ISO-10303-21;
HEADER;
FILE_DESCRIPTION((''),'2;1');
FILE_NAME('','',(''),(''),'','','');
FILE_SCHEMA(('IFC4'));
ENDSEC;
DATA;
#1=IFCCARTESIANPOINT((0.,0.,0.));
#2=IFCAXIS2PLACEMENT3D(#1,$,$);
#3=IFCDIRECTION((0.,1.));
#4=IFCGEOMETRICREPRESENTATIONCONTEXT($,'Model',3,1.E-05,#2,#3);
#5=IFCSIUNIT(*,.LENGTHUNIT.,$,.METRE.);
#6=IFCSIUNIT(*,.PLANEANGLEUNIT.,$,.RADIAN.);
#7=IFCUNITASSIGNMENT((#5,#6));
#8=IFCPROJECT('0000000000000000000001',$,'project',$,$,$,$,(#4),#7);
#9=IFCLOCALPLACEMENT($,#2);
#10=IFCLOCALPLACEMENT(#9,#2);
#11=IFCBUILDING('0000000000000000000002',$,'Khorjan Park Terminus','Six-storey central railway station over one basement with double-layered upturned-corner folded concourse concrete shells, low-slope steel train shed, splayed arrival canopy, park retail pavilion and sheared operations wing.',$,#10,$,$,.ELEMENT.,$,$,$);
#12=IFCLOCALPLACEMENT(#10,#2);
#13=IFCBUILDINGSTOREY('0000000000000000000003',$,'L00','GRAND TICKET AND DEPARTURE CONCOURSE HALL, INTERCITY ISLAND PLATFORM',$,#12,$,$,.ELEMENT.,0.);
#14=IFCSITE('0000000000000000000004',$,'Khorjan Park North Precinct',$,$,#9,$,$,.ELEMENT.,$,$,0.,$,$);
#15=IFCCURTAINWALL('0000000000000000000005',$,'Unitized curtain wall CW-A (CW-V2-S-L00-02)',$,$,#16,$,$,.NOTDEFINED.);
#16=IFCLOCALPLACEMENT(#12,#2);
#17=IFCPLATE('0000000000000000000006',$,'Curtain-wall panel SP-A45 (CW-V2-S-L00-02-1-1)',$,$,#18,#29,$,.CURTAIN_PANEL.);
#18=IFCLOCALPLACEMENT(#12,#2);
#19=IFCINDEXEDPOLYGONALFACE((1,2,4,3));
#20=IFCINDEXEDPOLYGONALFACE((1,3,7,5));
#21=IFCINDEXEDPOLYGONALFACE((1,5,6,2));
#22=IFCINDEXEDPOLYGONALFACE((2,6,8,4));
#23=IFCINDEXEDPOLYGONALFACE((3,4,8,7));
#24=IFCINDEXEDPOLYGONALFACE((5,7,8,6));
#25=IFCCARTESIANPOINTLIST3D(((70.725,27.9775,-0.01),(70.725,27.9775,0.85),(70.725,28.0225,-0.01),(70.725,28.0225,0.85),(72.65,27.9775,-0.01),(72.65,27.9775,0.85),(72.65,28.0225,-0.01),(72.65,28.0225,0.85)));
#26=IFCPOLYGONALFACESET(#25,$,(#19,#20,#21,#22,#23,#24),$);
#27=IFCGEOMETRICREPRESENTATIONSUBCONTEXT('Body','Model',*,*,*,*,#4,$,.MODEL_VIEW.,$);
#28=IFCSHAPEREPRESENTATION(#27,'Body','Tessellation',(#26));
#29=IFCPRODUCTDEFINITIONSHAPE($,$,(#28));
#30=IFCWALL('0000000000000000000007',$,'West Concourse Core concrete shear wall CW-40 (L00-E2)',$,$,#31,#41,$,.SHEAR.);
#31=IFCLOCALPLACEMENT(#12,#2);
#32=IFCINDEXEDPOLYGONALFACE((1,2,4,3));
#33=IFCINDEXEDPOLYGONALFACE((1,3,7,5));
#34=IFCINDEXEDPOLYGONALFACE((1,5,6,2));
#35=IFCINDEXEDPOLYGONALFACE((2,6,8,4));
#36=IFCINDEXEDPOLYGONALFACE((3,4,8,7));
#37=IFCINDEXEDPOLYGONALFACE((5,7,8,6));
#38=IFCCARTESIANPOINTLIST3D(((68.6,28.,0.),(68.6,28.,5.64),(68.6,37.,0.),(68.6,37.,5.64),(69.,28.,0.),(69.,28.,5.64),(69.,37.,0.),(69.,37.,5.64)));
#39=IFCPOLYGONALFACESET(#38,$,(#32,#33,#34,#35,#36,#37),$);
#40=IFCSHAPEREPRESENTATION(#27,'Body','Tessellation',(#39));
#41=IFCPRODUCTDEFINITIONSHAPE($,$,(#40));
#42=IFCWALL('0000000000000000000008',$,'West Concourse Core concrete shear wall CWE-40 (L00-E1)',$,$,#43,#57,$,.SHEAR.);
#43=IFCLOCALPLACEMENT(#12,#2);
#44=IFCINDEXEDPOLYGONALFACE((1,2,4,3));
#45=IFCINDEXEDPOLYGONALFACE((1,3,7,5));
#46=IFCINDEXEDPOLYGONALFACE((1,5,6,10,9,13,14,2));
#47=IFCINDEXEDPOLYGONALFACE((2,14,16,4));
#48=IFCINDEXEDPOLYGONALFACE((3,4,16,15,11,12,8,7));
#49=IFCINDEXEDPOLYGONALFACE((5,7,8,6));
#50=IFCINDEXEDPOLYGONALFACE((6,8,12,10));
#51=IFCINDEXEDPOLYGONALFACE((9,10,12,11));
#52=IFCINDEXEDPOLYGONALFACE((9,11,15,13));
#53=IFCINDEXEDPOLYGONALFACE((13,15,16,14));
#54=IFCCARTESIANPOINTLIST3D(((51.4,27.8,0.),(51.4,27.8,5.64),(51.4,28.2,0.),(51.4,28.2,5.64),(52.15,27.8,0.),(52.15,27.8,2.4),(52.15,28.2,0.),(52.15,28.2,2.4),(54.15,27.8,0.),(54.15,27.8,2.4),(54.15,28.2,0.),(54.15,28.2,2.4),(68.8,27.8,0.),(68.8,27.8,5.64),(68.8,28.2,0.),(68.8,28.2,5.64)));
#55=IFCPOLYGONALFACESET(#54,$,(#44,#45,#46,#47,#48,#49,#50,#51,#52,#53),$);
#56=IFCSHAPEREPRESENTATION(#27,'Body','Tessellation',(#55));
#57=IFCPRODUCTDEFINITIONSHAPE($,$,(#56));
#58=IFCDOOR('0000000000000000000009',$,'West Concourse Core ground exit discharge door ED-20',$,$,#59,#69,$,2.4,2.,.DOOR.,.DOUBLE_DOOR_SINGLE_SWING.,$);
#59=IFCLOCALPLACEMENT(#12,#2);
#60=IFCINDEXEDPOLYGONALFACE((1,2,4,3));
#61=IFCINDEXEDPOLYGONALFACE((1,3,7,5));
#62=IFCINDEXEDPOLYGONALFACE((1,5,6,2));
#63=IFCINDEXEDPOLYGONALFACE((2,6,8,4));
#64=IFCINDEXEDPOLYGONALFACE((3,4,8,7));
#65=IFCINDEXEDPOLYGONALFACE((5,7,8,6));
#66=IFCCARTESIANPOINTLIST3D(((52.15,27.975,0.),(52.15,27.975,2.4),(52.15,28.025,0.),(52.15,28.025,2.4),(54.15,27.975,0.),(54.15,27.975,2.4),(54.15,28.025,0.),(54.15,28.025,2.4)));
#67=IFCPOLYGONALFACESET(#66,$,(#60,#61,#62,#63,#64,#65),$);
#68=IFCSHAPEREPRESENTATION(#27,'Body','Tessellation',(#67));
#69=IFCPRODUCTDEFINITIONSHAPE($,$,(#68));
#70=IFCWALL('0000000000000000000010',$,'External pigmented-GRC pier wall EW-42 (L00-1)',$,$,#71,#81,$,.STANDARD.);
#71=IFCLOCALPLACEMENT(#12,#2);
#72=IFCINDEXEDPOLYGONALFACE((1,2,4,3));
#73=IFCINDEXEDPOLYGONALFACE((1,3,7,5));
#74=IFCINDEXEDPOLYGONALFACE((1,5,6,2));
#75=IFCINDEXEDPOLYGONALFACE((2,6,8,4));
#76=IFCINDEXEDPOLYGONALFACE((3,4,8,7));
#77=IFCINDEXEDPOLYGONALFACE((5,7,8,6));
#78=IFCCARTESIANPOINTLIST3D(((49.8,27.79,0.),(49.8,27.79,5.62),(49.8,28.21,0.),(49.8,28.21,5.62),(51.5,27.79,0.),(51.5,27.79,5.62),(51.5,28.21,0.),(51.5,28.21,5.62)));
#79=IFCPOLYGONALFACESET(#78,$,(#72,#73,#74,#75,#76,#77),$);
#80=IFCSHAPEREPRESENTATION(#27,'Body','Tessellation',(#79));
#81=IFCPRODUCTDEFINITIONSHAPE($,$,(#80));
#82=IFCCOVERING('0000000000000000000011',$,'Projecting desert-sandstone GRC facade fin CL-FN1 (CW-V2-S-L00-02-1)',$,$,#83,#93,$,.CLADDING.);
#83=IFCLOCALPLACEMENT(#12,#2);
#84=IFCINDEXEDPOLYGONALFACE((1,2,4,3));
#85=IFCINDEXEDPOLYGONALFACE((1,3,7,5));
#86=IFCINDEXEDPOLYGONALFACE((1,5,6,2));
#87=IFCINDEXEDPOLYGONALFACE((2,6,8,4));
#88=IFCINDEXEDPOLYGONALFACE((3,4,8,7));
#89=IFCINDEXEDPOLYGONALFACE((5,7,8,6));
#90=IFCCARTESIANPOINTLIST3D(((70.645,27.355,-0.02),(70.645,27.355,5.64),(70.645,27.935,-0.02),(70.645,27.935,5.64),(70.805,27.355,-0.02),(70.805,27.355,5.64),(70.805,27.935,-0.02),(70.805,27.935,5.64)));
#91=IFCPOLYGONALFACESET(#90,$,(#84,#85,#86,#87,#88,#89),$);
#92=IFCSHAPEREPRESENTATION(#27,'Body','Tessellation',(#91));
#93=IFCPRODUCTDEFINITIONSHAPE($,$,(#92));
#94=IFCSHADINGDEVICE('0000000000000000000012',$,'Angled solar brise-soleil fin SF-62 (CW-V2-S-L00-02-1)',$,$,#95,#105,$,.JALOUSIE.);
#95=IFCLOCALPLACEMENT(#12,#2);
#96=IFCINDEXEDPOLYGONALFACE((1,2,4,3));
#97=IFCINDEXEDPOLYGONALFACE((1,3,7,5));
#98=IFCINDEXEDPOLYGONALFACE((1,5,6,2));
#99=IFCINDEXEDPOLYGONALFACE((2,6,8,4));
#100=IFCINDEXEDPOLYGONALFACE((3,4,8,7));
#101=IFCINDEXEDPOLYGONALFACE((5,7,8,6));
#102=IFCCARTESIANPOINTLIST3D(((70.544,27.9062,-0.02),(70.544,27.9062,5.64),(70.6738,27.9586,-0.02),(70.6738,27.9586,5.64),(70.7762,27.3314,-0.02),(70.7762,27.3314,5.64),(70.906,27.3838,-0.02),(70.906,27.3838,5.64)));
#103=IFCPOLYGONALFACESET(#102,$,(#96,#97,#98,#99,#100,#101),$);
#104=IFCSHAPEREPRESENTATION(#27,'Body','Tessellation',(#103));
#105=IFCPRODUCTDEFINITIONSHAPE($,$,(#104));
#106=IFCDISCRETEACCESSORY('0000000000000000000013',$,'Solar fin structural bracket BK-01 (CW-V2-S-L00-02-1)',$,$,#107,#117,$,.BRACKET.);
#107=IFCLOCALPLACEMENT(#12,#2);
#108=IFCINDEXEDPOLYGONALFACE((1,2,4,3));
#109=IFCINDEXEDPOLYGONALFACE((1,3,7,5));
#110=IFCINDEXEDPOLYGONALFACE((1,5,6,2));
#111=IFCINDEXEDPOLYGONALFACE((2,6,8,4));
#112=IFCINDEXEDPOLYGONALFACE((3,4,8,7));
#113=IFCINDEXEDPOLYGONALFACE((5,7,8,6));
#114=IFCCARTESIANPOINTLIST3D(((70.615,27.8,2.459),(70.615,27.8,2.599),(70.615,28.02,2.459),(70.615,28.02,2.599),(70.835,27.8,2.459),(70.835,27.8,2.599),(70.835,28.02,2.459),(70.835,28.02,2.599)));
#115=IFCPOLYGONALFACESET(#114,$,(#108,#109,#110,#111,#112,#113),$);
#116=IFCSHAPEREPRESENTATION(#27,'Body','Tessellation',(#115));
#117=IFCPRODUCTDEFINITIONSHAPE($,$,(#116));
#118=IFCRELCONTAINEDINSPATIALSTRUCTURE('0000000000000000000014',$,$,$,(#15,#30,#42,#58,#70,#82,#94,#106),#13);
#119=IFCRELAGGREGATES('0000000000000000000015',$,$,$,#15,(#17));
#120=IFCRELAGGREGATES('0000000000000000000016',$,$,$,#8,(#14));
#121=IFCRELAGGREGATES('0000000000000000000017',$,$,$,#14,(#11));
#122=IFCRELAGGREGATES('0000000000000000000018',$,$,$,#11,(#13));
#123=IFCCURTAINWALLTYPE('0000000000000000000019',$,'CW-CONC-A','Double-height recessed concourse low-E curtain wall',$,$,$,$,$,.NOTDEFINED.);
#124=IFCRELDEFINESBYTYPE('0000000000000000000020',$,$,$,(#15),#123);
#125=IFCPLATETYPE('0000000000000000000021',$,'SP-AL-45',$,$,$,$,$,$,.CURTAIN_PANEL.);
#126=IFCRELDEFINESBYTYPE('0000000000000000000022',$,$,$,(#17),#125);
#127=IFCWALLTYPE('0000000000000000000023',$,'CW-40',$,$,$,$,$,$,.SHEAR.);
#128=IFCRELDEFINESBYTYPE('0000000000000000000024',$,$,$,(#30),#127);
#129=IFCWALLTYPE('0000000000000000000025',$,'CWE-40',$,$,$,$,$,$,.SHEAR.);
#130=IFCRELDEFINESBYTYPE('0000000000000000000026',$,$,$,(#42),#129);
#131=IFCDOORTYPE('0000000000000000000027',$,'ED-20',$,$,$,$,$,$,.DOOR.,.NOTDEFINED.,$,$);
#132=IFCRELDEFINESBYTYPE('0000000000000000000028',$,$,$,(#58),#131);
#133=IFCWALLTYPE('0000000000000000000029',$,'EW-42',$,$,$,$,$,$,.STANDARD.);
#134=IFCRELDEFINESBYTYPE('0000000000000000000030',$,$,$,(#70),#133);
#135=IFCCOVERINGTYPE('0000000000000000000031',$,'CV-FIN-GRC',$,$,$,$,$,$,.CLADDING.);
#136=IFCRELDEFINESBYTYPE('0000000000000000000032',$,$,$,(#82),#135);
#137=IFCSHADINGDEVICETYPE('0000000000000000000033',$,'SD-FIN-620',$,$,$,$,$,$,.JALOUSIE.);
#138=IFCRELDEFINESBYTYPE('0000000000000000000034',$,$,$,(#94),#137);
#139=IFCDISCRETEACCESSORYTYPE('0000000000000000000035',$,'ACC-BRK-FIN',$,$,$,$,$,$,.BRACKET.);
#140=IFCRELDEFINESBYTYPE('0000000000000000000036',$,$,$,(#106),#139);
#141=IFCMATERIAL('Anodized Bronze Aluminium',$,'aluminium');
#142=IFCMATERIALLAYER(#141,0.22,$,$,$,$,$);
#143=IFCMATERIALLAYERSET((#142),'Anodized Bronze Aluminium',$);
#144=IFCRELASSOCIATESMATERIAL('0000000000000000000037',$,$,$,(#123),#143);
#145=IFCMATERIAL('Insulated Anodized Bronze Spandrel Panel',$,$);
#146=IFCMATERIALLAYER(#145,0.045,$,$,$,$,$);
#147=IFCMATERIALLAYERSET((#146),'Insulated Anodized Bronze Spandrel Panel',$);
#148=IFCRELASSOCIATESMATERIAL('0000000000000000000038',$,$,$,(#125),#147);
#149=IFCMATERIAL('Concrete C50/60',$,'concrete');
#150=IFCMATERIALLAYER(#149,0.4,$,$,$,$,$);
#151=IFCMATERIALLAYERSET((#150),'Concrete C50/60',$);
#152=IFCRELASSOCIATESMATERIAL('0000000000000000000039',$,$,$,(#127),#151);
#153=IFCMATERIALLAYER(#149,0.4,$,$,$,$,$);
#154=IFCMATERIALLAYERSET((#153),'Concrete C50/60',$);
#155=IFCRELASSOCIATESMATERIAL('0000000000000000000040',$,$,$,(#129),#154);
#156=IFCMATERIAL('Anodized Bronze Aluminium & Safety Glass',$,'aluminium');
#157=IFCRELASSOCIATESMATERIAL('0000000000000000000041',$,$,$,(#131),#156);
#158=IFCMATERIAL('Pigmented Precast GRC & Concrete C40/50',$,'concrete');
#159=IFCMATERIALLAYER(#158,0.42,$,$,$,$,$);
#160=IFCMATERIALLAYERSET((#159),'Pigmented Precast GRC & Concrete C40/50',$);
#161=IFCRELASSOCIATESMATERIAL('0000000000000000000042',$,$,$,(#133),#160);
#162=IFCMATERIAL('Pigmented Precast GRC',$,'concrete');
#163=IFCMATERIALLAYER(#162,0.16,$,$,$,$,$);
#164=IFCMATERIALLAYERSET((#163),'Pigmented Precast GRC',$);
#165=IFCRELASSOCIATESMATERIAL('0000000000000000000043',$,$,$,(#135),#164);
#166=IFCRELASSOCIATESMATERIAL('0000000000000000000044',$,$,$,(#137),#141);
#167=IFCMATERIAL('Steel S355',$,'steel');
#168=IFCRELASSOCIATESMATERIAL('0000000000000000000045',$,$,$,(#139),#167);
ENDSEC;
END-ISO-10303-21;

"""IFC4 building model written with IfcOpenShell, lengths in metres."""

from ifc_helpers import new_model, si_unit, direction, frame, frame_2d, origin, origin_2d, place, context, subcontext, project, spatial, rectangle, extrude, material, layer, layer_set, type_object, element, fill, aggregate, save


model = new_model("IFC4")

# Units and contexts
model_context = context("Model", 3, precision=1e-05, world=origin(), true_north=direction((0.0, 1.0)))
body_context = subcontext(model_context, "Body", "Model", "MODEL_VIEW")
ifc_project = project(units=[si_unit("LENGTHUNIT", "METRE"), si_unit("PLANEANGLEUNIT", "RADIAN")], contexts=[model_context])

# Site, building, storey
site_placement = place(None, origin())
site = spatial("IfcSite", under=ifc_project, at=site_placement, Name="Khorjan Park North Precinct", CompositionType="ELEMENT", RefElevation=0.0)
building_placement = place(site_placement, origin())
building = spatial("IfcBuilding", under=site, at=building_placement, Name="Khorjan Park Terminus", Description="Six-storey central railway station over one basement with double-layered upturned-corner folded concourse concrete shells, low-slope steel train shed, splayed arrival canopy, park retail pavilion and sheared operations wing.", CompositionType="ELEMENT")
storey_placement = place(building_placement, origin())
storey = spatial("IfcBuildingStorey", under=building, at=storey_placement, Name="L00", Description="GRAND TICKET AND DEPARTURE CONCOURSE HALL, INTERCITY ISLAND PLATFORM", CompositionType="ELEMENT", Elevation=0.0)

# Shared definitions
ifc_material_1 = material(Name="Concrete C50/60", Category="concrete")

# Shared definitions
ifc_material_2 = material(Name="Steel S355", Category="steel")

# Shared definitions
ifc_material_3 = material(Name="Anodized Bronze Aluminium", Category="aluminium")
ifc_layer_1 = layer(ifc_material_3, 0.22)
ifc_layer_set_1 = layer_set([ifc_layer_1], Name="Anodized Bronze Aluminium")
curtain_wall_type = type_object("IfcCurtainWallType", Name="CW-CONC-A", Description="Double-height recessed concourse low-E curtain wall", PredefinedType="NOTDEFINED", material=ifc_layer_set_1)

# Curtain wall, plate
curtain_wall_1_placement = place(storey_placement, origin())
curtain_wall_1 = element("IfcCurtainWall", 1, at=curtain_wall_1_placement, inside=storey, type_object=curtain_wall_type, Name="Unitized curtain wall CW-A (CW-V2-S-L00-02)", PredefinedType="NOTDEFINED")
ifc_material_4 = material(Name="Insulated Anodized Bronze Spandrel Panel")
ifc_layer_2 = layer(ifc_material_4, 0.045)
ifc_layer_set_2 = layer_set([ifc_layer_2], Name="Insulated Anodized Bronze Spandrel Panel")
plate_type_1 = type_object("IfcPlateType", Name="SP-AL-45", PredefinedType="CURTAIN_PANEL", material=ifc_layer_set_2)
plate_1_placement = place(storey_placement, frame((71.6875, 28.0, -0.01), z_axis=(0.0, 0.0, 1.0), x_axis=(1.0, 0.0, 0.0)))
plate_1 = element("IfcPlate", 2, at=plate_1_placement, type_object=plate_type_1, Name="Curtain-wall panel SP-A45 (CW-V2-S-L00-02-1-1)", PredefinedType="CURTAIN_PANEL", context=body_context, shape_type="SweptSolid", body=[
    extrude(rectangle(XDim=1.925, YDim=0.045, at=origin_2d()), origin(), (0.0, 0.0, 1.0), 0.86),
])
aggregate(curtain_wall_1, [plate_1])

# Wall
ifc_layer_3 = layer(ifc_material_1, 0.4)
ifc_layer_set_3 = layer_set([ifc_layer_3], Name="Concrete C50/60")
wall_type_1 = type_object("IfcWallType", Name="CW-40", PredefinedType="SHEAR", material=ifc_layer_set_3)
wall_1_placement = place(storey_placement, frame((68.8, 28.0, 0.0), z_axis=(0.0, 0.0, 1.0), x_axis=(0.0, 1.0, 0.0)))
element("IfcWall", 3, at=wall_1_placement, inside=storey, type_object=wall_type_1, Name="West Concourse Core concrete shear wall CW-40 (L00-E2)", PredefinedType="SHEAR", context=body_context, shape_type="SweptSolid", body=[
    extrude(rectangle(XDim=9.0, YDim=0.4, at=frame_2d((4.5, 0.0))), origin(), (0.0, 0.0, 1.0), 5.64),
])

# Wall, opening, door
ifc_layer_4 = layer(ifc_material_1, 0.4)
ifc_layer_set_4 = layer_set([ifc_layer_4], Name="Concrete C50/60")
wall_type_2 = type_object("IfcWallType", Name="CWE-40", PredefinedType="SHEAR", material=ifc_layer_set_4)
wall_2_placement = place(storey_placement, frame((51.4, 28.0, 0.0), z_axis=(0.0, 0.0, 1.0), x_axis=(1.0, 0.0, 0.0)))
wall_2 = element("IfcWall", 4, at=wall_2_placement, inside=storey, type_object=wall_type_2, Name="West Concourse Core concrete shear wall CWE-40 (L00-E1)", PredefinedType="SHEAR", context=body_context, shape_type="SweptSolid", body=[
    extrude(rectangle(XDim=17.4, YDim=0.4, at=frame_2d((8.7, 0.0))), origin(), (0.0, 0.0, 1.0), 5.64),
])
opening_placement = place(wall_2_placement, frame((0.75, 0.0, 0.0)))
opening = element("IfcOpeningElement", 5, at=opening_placement, cuts=wall_2, PredefinedType="OPENING", context=body_context, shape_type="SweptSolid", body=[
    extrude(rectangle(XDim=2.0, YDim=2.4, at=frame_2d((1.0, 1.2))), frame((0.0, 0.21, 0.0), z_axis=(0.0, -1.0, 0.0), x_axis=(1.0, 0.0, 0.0)), (0.0, 0.0, 1.0), 0.42),
])
ifc_material_5 = material(Name="Anodized Bronze Aluminium & Safety Glass", Category="aluminium")
door_type = type_object("IfcDoorType", Name="ED-20", OperationType="NOTDEFINED", PredefinedType="DOOR", material=ifc_material_5)
door_placement = place(opening_placement, frame((2.0, 0.0, 0.0), z_axis=(0.0, 0.0, 1.0), x_axis=(-1.0, 0.0, 0.0)))
door = element("IfcDoor", 6, at=door_placement, inside=storey, type_object=door_type, Name="West Concourse Core ground exit discharge door ED-20", OperationType="DOUBLE_DOOR_SINGLE_SWING", OverallHeight=2.4, OverallWidth=2.0, PredefinedType="DOOR", context=body_context, shape_type="SweptSolid", body=[
    extrude(rectangle(XDim=2.0, YDim=2.4, at=frame_2d((1.0, 1.2))), frame((0.0, 0.025, 0.0), z_axis=(0.0, -1.0, 0.0), x_axis=(1.0, 0.0, 0.0)), (0.0, 0.0, 1.0), 0.05),
])
fill(opening, door)

# Wall
ifc_material_6 = material(Name="Pigmented Precast GRC & Concrete C40/50", Category="concrete")
ifc_layer_5 = layer(ifc_material_6, 0.42)
ifc_layer_set_5 = layer_set([ifc_layer_5], Name="Pigmented Precast GRC & Concrete C40/50")
wall_type_3 = type_object("IfcWallType", Name="EW-42", PredefinedType="STANDARD", material=ifc_layer_set_5)
wall_3_placement = place(storey_placement, frame((49.8, 28.0, 0.0), z_axis=(0.0, 0.0, 1.0), x_axis=(1.0, 0.0, 0.0)))
element("IfcWall", 7, at=wall_3_placement, inside=storey, type_object=wall_type_3, Name="External pigmented-GRC pier wall EW-42 (L00-1)", PredefinedType="STANDARD", context=body_context, shape_type="SweptSolid", body=[
    extrude(rectangle(XDim=1.7, YDim=0.42, at=frame_2d((0.85, 0.0))), origin(), (0.0, 0.0, 1.0), 5.62),
])

# Covering
ifc_material_7 = material(Name="Pigmented Precast GRC", Category="concrete")
ifc_layer_6 = layer(ifc_material_7, 0.16)
ifc_layer_set_6 = layer_set([ifc_layer_6], Name="Pigmented Precast GRC")
covering_type = type_object("IfcCoveringType", Name="CV-FIN-GRC", PredefinedType="CLADDING", material=ifc_layer_set_6)
covering_placement = place(storey_placement, frame((70.725, 27.645, -0.02), z_axis=(0.0, 0.0, 1.0), x_axis=(0.0, 1.0, 0.0)))
element("IfcCovering", 8, at=covering_placement, inside=storey, type_object=covering_type, Name="Projecting desert-sandstone GRC facade fin CL-FN1 (CW-V2-S-L00-02-1)", PredefinedType="CLADDING", context=body_context, shape_type="SweptSolid", body=[
    extrude(rectangle(XDim=0.58, YDim=0.16, at=origin_2d()), origin(), (0.0, 0.0, 1.0), 5.66),
])

# Shading device
shading_device_type = type_object("IfcShadingDeviceType", Name="SD-FIN-620", PredefinedType="JALOUSIE", material=ifc_material_3)
shading_device_placement = place(storey_placement, frame((70.725, 27.645, -0.02), z_axis=(0.0, 0.0, 1.0), x_axis=(-0.374607, 0.927184, 0.0)))
element("IfcShadingDevice", 9, at=shading_device_placement, inside=storey, type_object=shading_device_type, Name="Angled solar brise-soleil fin SF-62 (CW-V2-S-L00-02-1)", PredefinedType="JALOUSIE", context=body_context, shape_type="SweptSolid", body=[
    extrude(rectangle(XDim=0.62, YDim=0.14, at=origin_2d()), origin(), (0.0, 0.0, 1.0), 5.66),
])

# Discrete accessory
discrete_accessory_type = type_object("IfcDiscreteAccessoryType", Name="ACC-BRK-FIN", PredefinedType="BRACKET", material=ifc_material_2)
discrete_accessory_placement = place(storey_placement, frame((70.725, 27.91, 2.459), z_axis=(0.0, 0.0, 1.0), x_axis=(1.0, 0.0, 0.0)))
element("IfcDiscreteAccessory", 10, at=discrete_accessory_placement, inside=storey, type_object=discrete_accessory_type, Name="Solar fin structural bracket BK-01 (CW-V2-S-L00-02-1)", PredefinedType="BRACKET", context=body_context, shape_type="SweptSolid", body=[
    extrude(rectangle(XDim=0.22, YDim=0.22, at=origin_2d()), origin(), (0.0, 0.0, 1.0), 0.14),
])

save(model, "model.ifc")
